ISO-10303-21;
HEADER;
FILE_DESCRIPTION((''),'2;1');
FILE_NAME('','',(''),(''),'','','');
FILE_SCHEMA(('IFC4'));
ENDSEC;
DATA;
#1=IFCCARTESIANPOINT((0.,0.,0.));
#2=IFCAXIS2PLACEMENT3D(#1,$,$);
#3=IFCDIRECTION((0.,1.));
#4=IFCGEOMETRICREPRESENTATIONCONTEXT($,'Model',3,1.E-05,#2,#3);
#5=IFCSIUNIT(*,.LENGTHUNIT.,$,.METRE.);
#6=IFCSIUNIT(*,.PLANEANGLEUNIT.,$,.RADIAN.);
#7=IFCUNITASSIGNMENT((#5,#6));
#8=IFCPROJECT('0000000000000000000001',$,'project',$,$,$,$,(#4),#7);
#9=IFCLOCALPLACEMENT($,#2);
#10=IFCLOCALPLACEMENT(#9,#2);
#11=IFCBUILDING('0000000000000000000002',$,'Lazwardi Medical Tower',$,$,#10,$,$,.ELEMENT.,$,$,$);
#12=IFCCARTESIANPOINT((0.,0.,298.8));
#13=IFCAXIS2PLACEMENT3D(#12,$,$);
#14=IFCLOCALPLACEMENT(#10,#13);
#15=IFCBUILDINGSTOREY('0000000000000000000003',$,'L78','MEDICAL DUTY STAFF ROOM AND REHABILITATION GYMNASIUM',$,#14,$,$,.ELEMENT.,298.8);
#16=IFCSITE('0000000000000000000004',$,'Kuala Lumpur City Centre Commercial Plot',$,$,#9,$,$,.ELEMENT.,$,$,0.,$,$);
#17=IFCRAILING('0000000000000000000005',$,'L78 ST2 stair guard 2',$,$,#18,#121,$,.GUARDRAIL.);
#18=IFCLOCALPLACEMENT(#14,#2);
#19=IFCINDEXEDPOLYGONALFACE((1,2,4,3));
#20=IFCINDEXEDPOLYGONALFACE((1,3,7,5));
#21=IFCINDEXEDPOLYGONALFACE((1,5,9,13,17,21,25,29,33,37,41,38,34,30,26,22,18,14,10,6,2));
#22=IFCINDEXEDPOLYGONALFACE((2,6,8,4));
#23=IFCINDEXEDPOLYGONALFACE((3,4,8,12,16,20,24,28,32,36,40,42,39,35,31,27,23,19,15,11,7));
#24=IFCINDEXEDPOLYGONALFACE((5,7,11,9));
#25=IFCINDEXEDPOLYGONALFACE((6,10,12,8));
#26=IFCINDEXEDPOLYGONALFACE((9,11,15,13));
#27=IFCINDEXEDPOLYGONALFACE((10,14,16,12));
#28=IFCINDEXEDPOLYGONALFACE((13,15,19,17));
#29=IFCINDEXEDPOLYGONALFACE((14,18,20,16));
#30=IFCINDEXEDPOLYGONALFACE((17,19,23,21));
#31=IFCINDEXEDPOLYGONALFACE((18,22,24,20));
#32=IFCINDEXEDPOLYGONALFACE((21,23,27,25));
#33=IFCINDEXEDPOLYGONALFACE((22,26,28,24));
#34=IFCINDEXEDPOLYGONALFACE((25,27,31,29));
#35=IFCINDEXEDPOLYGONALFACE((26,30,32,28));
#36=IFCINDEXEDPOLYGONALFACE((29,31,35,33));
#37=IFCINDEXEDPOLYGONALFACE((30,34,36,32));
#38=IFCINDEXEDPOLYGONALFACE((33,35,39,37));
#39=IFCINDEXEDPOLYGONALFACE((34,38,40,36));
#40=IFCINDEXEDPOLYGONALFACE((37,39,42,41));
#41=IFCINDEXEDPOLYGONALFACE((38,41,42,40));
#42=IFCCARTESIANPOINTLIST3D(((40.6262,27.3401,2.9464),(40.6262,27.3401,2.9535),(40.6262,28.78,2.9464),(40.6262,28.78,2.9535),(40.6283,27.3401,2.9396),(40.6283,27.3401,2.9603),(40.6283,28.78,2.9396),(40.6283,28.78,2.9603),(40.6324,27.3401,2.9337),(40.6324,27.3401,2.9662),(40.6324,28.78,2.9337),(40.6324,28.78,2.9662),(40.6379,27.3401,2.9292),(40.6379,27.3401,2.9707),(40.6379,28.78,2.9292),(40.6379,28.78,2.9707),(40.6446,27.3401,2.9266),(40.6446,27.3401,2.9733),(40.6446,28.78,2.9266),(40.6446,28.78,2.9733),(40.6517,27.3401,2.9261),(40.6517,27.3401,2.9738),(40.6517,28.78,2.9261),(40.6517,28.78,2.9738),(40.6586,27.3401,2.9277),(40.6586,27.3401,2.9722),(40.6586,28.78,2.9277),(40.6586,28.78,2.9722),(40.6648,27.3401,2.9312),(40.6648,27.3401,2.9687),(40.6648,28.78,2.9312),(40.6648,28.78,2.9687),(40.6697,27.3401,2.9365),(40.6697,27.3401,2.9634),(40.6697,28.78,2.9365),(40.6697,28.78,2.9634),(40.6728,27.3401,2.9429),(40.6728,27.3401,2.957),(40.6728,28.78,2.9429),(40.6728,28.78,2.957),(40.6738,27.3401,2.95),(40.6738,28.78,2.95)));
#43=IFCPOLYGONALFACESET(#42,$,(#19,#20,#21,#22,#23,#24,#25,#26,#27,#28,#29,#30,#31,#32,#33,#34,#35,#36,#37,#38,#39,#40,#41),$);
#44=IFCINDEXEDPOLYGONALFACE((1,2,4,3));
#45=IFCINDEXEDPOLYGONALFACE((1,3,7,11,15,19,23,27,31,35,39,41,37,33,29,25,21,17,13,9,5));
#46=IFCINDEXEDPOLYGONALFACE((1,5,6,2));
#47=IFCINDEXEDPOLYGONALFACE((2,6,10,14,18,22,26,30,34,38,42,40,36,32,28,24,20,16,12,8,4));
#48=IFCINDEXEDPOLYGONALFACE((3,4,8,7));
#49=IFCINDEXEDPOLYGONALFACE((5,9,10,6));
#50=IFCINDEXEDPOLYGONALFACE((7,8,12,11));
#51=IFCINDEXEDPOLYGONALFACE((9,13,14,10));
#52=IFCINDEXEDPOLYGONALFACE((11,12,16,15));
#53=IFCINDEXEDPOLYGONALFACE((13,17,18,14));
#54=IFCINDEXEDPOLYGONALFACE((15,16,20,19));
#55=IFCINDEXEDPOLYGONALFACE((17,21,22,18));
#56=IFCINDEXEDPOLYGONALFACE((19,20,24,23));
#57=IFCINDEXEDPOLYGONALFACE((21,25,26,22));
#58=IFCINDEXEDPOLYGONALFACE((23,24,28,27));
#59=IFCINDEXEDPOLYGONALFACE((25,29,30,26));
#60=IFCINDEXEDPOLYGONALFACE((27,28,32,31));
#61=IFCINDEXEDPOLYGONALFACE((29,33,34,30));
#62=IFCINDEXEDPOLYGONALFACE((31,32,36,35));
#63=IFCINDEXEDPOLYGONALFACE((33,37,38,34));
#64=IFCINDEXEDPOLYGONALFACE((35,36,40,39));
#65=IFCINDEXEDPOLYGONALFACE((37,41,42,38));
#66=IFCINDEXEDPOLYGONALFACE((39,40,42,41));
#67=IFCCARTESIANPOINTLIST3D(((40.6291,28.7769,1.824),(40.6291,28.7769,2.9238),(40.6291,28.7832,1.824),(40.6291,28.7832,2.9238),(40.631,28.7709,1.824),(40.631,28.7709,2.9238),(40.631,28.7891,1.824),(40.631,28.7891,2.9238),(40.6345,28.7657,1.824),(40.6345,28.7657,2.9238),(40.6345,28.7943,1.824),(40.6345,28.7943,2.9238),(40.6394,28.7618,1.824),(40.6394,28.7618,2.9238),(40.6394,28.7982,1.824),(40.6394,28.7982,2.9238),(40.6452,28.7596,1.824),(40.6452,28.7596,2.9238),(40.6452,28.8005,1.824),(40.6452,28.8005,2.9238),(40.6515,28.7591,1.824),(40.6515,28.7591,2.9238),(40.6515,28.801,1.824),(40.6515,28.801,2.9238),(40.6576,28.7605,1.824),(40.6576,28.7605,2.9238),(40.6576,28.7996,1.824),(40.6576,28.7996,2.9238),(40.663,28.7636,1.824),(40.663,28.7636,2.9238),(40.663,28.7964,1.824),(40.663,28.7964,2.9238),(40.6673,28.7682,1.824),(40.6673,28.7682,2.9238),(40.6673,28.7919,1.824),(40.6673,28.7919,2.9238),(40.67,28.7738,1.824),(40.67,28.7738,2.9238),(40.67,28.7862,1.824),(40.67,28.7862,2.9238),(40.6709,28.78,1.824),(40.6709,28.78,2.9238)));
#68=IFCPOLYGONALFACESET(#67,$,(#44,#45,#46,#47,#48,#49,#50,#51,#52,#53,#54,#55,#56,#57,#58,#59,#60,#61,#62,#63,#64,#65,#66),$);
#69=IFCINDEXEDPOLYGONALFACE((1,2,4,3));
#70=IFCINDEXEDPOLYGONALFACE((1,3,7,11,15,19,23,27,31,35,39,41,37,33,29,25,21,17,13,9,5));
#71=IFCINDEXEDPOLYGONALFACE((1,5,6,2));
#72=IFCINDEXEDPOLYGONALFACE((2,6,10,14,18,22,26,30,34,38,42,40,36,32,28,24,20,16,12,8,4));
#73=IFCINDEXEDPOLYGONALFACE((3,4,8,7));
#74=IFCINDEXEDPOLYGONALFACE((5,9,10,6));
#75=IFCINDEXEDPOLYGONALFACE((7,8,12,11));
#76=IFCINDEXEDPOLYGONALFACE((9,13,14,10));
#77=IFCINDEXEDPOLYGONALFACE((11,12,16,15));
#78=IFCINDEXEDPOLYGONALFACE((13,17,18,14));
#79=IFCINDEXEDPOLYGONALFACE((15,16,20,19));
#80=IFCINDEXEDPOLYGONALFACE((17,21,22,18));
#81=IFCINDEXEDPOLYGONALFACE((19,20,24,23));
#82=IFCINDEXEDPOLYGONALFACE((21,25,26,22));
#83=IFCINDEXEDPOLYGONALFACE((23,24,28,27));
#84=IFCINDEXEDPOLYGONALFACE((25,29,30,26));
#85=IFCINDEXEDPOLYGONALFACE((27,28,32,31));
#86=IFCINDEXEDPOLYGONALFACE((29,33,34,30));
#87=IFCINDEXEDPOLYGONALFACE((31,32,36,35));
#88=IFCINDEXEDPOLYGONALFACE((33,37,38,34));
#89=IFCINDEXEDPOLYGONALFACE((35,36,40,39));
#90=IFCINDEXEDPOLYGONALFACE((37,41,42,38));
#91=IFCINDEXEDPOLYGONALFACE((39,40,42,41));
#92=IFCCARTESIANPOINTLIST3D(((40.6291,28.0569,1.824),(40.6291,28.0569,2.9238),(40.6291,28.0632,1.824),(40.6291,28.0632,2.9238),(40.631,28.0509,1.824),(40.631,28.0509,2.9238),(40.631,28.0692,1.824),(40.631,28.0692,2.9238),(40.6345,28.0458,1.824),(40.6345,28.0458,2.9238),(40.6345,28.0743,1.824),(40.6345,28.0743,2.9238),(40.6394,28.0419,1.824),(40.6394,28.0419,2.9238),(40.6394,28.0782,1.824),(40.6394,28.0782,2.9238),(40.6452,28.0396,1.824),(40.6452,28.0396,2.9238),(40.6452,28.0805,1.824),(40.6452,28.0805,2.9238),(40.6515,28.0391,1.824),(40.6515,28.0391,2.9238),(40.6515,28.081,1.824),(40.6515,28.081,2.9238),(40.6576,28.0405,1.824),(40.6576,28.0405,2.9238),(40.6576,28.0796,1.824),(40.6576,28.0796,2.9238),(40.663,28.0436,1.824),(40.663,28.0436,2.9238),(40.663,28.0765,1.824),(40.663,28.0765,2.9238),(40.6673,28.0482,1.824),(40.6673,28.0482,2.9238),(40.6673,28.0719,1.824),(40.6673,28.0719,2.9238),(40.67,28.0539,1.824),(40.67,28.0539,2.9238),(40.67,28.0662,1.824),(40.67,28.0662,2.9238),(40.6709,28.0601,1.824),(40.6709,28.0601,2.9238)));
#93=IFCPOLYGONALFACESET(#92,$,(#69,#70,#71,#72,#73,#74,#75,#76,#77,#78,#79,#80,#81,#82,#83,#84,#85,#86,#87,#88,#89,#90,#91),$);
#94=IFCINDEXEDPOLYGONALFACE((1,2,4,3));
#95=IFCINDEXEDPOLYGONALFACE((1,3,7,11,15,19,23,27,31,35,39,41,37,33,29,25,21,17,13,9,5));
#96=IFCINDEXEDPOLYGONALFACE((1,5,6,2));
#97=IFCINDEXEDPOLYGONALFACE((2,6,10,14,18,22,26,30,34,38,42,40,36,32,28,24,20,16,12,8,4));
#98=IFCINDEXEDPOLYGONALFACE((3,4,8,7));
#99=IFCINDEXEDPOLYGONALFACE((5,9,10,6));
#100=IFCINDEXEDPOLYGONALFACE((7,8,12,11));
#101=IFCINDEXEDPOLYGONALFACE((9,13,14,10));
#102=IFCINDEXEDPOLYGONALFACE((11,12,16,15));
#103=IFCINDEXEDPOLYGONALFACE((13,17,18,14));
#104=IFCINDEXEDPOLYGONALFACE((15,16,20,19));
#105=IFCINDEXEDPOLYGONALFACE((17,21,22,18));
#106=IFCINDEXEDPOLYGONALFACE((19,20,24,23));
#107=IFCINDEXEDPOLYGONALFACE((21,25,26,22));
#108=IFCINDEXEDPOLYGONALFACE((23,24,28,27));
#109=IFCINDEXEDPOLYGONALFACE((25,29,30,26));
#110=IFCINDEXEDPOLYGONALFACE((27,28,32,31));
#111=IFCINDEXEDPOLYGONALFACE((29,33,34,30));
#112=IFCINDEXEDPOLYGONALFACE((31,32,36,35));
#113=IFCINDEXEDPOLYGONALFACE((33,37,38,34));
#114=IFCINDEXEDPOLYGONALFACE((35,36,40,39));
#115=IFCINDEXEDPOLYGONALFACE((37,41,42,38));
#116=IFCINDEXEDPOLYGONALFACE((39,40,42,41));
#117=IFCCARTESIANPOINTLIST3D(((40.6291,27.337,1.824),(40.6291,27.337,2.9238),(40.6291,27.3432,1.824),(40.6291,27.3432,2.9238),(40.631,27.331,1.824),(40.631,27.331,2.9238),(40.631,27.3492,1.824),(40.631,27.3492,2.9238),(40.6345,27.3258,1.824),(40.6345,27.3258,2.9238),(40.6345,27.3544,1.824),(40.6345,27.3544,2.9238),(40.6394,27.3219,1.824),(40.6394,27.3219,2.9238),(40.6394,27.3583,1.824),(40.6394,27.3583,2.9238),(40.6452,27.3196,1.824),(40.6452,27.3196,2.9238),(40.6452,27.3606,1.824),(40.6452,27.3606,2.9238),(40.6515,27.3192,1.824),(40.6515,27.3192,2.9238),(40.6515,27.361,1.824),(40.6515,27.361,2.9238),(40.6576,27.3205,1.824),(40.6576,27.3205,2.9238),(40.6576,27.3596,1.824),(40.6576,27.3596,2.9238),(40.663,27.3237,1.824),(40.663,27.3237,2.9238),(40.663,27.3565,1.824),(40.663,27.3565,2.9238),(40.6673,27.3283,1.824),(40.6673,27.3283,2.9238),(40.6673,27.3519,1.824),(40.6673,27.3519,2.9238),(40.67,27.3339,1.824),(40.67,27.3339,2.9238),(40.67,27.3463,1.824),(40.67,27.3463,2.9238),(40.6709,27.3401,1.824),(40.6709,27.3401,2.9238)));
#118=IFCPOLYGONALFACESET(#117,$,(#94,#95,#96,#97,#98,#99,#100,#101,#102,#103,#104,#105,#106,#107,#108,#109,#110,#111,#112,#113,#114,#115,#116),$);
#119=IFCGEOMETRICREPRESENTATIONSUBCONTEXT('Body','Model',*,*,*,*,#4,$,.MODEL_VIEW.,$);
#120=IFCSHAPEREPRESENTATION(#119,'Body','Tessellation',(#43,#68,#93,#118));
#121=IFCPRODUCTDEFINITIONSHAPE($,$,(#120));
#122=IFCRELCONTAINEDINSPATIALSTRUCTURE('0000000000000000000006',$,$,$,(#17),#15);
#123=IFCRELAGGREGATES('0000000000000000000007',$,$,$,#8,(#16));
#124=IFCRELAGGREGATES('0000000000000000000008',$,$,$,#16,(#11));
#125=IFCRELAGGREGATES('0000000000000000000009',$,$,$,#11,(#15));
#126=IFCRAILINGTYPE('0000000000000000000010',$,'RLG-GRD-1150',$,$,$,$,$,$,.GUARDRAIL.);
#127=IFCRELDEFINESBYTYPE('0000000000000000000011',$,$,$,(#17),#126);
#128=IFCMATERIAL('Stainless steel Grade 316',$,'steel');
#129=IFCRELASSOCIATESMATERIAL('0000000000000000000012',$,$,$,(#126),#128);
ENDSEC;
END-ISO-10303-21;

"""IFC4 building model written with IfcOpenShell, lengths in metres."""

from ifc_helpers import new_model, si_unit, direction, frame, origin, origin_2d, place, context, subcontext, project, spatial, circle, extrude, material, type_object, element, save


model = new_model("IFC4")

# Units and contexts
model_context = context("Model", 3, precision=1e-05, world=origin(), true_north=direction((0.0, 1.0)))
body_context = subcontext(model_context, "Body", "Model", "MODEL_VIEW")
ifc_project = project(units=[si_unit("LENGTHUNIT", "METRE"), si_unit("PLANEANGLEUNIT", "RADIAN")], contexts=[model_context])

# Site, building, storey
site_placement = place(None, origin())
site = spatial("IfcSite", under=ifc_project, at=site_placement, Name="Kuala Lumpur City Centre Commercial Plot", CompositionType="ELEMENT", RefElevation=0.0)
building_placement = place(site_placement, origin())
building = spatial("IfcBuilding", under=site, at=building_placement, Name="Lazwardi Medical Tower", CompositionType="ELEMENT")
storey_placement = place(building_placement, frame((0.0, 0.0, 298.8)))
storey = spatial("IfcBuildingStorey", under=building, at=storey_placement, Name="L78", Description="MEDICAL DUTY STAFF ROOM AND REHABILITATION GYMNASIUM", CompositionType="ELEMENT", Elevation=298.8)

# Railing
ifc_material_1 = material(Name="Stainless steel Grade 316", Category="steel")
railing_type_1 = type_object("IfcRailingType", Name="RLG-GRD-1150", PredefinedType="GUARDRAIL", material=ifc_material_1)
railing_1_placement = place(storey_placement, frame((40.6499, 28.78, 1.824)))
element("IfcRailing", 1, at=railing_1_placement, inside=storey, type_object=railing_type_1, Name="L78 ST2 stair guard 2", PredefinedType="GUARDRAIL", context=body_context, shape_type="SweptSolid", body=[
    extrude(circle(Radius=0.0239, at=origin_2d()), frame((0.0, 0.0, 1.126), z_axis=(0.0, -1.0, 0.0), x_axis=(1.0, 0.0, 0.0)), (0.0, 0.0, 1.0), 1.4399),
    extrude(circle(Radius=0.021, at=origin_2d()), origin(), (0.0, 0.0, 1.0), 1.0999),
    extrude(circle(Radius=0.021, at=origin_2d()), frame((0.0, -0.72, 0.0)), (0.0, 0.0, 1.0), 1.0999),
    extrude(circle(Radius=0.021, at=origin_2d()), frame((0.0, -1.4399, 0.0)), (0.0, 0.0, 1.0), 1.0999),
])

save(model, "model.ifc")
